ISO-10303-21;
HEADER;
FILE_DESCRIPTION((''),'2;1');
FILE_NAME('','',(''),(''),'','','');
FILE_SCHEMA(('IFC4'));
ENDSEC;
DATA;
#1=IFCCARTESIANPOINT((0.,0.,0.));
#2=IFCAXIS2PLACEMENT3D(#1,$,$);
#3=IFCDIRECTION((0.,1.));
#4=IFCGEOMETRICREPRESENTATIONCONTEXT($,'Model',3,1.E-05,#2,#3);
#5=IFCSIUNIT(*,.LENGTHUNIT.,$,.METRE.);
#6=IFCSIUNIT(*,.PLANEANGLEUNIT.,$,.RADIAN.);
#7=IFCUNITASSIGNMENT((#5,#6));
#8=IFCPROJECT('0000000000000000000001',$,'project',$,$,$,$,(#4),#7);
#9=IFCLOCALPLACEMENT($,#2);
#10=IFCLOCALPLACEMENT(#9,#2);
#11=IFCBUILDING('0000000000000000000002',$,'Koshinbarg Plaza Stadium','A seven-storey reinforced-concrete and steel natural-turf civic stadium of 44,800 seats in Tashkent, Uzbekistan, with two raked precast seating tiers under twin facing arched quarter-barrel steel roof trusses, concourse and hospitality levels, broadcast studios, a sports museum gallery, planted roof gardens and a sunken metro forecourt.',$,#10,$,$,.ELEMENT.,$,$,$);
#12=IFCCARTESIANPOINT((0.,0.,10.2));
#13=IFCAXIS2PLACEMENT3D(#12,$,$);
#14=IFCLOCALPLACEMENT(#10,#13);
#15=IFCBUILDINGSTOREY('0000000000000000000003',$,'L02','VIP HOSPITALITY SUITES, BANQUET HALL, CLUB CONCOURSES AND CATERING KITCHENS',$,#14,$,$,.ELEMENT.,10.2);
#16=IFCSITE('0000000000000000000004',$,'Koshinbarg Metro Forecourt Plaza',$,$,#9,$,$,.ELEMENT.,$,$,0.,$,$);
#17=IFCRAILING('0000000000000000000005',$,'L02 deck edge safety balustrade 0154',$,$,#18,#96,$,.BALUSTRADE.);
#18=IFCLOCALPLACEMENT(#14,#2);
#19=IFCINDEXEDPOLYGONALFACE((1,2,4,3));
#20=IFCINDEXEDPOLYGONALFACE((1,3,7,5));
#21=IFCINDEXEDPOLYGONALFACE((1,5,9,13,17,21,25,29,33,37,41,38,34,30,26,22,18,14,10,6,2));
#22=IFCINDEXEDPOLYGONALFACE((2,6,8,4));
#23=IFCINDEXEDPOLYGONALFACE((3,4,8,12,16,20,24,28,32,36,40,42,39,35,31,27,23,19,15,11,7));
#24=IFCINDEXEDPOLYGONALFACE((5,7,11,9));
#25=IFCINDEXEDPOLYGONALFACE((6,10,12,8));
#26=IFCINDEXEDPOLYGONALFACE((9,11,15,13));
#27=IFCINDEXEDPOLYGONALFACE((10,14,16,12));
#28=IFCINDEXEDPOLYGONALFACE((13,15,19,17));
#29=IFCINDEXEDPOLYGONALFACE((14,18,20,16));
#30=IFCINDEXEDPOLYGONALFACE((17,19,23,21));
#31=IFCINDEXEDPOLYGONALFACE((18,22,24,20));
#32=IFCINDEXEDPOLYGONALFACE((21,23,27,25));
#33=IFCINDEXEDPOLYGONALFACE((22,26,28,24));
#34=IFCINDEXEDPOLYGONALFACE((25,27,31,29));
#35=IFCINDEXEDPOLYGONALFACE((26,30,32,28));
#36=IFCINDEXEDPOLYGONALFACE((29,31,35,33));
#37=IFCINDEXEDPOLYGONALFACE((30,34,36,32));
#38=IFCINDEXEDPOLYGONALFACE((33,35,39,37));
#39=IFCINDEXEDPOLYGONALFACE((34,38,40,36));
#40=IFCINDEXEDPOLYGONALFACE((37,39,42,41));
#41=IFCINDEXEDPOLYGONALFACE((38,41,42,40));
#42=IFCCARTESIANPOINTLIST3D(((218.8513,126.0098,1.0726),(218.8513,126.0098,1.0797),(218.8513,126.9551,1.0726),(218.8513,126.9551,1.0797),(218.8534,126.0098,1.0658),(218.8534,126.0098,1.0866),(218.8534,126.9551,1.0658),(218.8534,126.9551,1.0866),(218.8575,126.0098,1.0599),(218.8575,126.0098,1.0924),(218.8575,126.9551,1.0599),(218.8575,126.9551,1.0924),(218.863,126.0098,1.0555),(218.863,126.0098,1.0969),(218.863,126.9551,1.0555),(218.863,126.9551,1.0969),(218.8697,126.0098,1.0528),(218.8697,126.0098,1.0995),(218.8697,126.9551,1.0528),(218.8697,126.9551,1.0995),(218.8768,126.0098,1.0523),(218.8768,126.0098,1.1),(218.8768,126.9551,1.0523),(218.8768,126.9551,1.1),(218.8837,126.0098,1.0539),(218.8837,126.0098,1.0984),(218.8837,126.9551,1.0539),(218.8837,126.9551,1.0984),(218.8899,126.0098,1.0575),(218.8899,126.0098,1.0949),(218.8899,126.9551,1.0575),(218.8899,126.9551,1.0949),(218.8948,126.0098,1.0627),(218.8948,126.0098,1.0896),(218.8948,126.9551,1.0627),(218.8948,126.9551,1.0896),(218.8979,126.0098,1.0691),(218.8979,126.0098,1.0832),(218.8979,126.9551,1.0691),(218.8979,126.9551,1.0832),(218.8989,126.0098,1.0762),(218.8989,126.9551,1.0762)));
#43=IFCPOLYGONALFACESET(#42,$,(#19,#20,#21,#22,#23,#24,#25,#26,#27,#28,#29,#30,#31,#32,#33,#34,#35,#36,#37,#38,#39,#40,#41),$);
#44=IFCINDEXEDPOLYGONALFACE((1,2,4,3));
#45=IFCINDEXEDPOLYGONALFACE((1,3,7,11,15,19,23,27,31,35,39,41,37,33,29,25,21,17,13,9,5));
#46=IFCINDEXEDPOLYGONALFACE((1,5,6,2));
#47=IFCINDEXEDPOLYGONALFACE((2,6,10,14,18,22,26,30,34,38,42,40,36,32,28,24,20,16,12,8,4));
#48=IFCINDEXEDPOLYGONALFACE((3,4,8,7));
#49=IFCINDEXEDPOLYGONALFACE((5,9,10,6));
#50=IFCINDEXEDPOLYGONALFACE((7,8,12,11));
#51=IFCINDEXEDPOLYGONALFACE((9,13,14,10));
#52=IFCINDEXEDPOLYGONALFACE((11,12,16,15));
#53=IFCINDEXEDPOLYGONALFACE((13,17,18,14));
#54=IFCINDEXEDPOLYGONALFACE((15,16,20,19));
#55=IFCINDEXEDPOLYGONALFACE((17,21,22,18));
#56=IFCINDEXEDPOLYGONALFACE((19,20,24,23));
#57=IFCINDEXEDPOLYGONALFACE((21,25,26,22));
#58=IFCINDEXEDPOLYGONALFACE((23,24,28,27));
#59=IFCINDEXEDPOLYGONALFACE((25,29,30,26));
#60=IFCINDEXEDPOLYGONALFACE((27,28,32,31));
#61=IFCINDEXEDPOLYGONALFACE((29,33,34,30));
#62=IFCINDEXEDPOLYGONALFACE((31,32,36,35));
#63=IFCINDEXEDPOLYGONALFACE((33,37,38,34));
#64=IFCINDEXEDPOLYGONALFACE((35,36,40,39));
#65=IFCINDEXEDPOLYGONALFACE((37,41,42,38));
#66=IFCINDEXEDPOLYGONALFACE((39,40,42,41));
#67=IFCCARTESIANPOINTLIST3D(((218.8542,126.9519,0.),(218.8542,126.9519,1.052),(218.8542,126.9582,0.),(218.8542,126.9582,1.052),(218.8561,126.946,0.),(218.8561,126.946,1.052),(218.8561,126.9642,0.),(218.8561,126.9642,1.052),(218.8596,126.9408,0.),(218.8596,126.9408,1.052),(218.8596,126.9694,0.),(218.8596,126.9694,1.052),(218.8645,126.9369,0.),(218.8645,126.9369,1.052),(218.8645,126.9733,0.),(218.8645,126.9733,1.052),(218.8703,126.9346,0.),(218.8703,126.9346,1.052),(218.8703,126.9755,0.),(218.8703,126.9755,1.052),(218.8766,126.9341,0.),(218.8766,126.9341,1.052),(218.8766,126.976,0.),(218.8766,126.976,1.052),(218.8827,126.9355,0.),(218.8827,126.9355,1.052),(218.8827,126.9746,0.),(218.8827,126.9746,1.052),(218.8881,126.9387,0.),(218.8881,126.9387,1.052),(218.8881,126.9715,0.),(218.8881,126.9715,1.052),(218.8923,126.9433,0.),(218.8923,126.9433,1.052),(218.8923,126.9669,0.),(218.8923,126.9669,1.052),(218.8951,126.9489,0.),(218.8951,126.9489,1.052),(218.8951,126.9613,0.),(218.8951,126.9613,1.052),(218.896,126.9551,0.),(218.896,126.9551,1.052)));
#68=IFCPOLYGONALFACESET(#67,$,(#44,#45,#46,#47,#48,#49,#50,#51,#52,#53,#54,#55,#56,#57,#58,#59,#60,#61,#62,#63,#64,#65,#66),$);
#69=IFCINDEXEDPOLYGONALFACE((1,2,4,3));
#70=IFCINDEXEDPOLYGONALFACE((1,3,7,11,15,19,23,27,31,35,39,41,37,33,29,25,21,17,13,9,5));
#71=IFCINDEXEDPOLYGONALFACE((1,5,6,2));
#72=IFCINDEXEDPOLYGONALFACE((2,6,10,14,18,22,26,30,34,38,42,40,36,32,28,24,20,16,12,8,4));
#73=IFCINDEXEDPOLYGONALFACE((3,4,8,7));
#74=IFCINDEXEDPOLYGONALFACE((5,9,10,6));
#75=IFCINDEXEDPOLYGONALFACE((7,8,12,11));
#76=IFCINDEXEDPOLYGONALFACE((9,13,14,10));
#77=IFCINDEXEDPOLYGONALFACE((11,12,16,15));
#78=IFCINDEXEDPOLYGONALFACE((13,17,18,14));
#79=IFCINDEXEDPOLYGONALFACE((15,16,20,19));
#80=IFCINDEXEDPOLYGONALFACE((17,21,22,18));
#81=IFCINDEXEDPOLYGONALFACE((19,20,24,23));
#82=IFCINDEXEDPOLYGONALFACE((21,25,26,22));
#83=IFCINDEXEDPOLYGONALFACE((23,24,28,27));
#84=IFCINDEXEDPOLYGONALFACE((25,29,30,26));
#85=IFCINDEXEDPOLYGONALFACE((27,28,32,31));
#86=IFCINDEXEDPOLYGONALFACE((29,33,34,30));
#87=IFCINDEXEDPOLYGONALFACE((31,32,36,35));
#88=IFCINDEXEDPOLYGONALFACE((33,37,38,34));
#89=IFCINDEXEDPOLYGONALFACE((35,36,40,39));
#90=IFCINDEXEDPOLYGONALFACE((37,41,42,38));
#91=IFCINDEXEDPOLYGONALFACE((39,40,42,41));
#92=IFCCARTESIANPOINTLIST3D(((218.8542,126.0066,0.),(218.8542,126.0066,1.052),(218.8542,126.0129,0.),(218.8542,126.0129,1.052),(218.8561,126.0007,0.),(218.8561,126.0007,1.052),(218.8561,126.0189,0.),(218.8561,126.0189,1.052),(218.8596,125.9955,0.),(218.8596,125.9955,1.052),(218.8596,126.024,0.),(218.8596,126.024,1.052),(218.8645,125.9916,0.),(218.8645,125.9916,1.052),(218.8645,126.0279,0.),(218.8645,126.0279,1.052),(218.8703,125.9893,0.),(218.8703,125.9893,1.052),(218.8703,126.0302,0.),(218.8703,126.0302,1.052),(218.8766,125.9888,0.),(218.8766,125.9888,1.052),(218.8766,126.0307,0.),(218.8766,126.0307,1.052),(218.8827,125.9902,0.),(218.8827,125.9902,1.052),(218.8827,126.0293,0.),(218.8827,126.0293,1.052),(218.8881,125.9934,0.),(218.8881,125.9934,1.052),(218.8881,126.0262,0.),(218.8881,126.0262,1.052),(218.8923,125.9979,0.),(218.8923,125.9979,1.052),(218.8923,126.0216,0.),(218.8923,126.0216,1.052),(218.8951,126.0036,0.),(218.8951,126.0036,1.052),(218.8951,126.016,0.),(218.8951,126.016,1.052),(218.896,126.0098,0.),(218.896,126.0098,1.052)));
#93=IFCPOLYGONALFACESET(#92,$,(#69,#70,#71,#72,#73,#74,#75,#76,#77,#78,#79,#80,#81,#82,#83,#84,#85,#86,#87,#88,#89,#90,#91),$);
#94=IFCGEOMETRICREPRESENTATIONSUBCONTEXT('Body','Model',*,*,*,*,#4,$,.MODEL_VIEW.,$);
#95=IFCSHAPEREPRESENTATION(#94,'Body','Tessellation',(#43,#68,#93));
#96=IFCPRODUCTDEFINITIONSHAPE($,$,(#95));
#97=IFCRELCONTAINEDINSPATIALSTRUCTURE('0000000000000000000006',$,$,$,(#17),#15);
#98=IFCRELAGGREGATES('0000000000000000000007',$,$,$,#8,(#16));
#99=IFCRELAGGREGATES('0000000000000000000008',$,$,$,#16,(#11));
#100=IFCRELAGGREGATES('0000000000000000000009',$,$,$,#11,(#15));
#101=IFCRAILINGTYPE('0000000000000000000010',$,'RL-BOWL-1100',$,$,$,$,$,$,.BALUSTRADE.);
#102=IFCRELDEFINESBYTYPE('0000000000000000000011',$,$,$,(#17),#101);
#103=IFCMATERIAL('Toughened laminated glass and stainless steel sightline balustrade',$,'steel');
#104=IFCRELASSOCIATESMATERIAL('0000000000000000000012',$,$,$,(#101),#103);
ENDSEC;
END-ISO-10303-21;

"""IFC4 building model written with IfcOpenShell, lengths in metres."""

from ifc_helpers import new_model, si_unit, direction, frame, origin, origin_2d, place, context, subcontext, project, spatial, circle, extrude, material, type_object, element, save


model = new_model("IFC4")

# Units and contexts
model_context = context("Model", 3, precision=1e-05, world=origin(), true_north=direction((0.0, 1.0)))
body_context = subcontext(model_context, "Body", "Model", "MODEL_VIEW")
ifc_project = project(units=[si_unit("LENGTHUNIT", "METRE"), si_unit("PLANEANGLEUNIT", "RADIAN")], contexts=[model_context])

# Site, building, storey
site_placement = place(None, origin())
site = spatial("IfcSite", under=ifc_project, at=site_placement, Name="Koshinbarg Metro Forecourt Plaza", CompositionType="ELEMENT", RefElevation=0.0)
building_placement = place(site_placement, origin())
building = spatial("IfcBuilding", under=site, at=building_placement, Name="Koshinbarg Plaza Stadium", Description="A seven-storey reinforced-concrete and steel natural-turf civic stadium of 44,800 seats in Tashkent, Uzbekistan, with two raked precast seating tiers under twin facing arched quarter-barrel steel roof trusses, concourse and hospitality levels, broadcast studios, a sports museum gallery, planted roof gardens and a sunken metro forecourt.", CompositionType="ELEMENT")
storey_placement = place(building_placement, frame((0.0, 0.0, 10.2)))
storey = spatial("IfcBuildingStorey", under=building, at=storey_placement, Name="L02", Description="VIP HOSPITALITY SUITES, BANQUET HALL, CLUB CONCOURSES AND CATERING KITCHENS", CompositionType="ELEMENT", Elevation=10.2)

# Railing
ifc_material_1 = material(Name="Toughened laminated glass and stainless steel sightline balustrade", Category="steel")
railing_type_1 = type_object("IfcRailingType", Name="RL-BOWL-1100", PredefinedType="BALUSTRADE", material=ifc_material_1)
railing_1_placement = place(storey_placement, frame((218.875, 126.9551, 0.0)))
element("IfcRailing", 1, at=railing_1_placement, inside=storey, type_object=railing_type_1, Name="L02 deck edge safety balustrade 0154", PredefinedType="BALUSTRADE", context=body_context, shape_type="SweptSolid", body=[
    extrude(circle(Radius=0.0239, at=origin_2d()), frame((0.0, 0.0, 1.0762), z_axis=(0.0, -1.0, 0.0), x_axis=(1.0, 0.0, 0.0)), (0.0, 0.0, 1.0), 0.9453),
    extrude(circle(Radius=0.021, at=origin_2d()), origin(), (0.0, 0.0, 1.0), 1.052),
    extrude(circle(Radius=0.021, at=origin_2d()), frame((0.0, -0.9453, 0.0)), (0.0, 0.0, 1.0), 1.052),
])

save(model, "model.ifc")
